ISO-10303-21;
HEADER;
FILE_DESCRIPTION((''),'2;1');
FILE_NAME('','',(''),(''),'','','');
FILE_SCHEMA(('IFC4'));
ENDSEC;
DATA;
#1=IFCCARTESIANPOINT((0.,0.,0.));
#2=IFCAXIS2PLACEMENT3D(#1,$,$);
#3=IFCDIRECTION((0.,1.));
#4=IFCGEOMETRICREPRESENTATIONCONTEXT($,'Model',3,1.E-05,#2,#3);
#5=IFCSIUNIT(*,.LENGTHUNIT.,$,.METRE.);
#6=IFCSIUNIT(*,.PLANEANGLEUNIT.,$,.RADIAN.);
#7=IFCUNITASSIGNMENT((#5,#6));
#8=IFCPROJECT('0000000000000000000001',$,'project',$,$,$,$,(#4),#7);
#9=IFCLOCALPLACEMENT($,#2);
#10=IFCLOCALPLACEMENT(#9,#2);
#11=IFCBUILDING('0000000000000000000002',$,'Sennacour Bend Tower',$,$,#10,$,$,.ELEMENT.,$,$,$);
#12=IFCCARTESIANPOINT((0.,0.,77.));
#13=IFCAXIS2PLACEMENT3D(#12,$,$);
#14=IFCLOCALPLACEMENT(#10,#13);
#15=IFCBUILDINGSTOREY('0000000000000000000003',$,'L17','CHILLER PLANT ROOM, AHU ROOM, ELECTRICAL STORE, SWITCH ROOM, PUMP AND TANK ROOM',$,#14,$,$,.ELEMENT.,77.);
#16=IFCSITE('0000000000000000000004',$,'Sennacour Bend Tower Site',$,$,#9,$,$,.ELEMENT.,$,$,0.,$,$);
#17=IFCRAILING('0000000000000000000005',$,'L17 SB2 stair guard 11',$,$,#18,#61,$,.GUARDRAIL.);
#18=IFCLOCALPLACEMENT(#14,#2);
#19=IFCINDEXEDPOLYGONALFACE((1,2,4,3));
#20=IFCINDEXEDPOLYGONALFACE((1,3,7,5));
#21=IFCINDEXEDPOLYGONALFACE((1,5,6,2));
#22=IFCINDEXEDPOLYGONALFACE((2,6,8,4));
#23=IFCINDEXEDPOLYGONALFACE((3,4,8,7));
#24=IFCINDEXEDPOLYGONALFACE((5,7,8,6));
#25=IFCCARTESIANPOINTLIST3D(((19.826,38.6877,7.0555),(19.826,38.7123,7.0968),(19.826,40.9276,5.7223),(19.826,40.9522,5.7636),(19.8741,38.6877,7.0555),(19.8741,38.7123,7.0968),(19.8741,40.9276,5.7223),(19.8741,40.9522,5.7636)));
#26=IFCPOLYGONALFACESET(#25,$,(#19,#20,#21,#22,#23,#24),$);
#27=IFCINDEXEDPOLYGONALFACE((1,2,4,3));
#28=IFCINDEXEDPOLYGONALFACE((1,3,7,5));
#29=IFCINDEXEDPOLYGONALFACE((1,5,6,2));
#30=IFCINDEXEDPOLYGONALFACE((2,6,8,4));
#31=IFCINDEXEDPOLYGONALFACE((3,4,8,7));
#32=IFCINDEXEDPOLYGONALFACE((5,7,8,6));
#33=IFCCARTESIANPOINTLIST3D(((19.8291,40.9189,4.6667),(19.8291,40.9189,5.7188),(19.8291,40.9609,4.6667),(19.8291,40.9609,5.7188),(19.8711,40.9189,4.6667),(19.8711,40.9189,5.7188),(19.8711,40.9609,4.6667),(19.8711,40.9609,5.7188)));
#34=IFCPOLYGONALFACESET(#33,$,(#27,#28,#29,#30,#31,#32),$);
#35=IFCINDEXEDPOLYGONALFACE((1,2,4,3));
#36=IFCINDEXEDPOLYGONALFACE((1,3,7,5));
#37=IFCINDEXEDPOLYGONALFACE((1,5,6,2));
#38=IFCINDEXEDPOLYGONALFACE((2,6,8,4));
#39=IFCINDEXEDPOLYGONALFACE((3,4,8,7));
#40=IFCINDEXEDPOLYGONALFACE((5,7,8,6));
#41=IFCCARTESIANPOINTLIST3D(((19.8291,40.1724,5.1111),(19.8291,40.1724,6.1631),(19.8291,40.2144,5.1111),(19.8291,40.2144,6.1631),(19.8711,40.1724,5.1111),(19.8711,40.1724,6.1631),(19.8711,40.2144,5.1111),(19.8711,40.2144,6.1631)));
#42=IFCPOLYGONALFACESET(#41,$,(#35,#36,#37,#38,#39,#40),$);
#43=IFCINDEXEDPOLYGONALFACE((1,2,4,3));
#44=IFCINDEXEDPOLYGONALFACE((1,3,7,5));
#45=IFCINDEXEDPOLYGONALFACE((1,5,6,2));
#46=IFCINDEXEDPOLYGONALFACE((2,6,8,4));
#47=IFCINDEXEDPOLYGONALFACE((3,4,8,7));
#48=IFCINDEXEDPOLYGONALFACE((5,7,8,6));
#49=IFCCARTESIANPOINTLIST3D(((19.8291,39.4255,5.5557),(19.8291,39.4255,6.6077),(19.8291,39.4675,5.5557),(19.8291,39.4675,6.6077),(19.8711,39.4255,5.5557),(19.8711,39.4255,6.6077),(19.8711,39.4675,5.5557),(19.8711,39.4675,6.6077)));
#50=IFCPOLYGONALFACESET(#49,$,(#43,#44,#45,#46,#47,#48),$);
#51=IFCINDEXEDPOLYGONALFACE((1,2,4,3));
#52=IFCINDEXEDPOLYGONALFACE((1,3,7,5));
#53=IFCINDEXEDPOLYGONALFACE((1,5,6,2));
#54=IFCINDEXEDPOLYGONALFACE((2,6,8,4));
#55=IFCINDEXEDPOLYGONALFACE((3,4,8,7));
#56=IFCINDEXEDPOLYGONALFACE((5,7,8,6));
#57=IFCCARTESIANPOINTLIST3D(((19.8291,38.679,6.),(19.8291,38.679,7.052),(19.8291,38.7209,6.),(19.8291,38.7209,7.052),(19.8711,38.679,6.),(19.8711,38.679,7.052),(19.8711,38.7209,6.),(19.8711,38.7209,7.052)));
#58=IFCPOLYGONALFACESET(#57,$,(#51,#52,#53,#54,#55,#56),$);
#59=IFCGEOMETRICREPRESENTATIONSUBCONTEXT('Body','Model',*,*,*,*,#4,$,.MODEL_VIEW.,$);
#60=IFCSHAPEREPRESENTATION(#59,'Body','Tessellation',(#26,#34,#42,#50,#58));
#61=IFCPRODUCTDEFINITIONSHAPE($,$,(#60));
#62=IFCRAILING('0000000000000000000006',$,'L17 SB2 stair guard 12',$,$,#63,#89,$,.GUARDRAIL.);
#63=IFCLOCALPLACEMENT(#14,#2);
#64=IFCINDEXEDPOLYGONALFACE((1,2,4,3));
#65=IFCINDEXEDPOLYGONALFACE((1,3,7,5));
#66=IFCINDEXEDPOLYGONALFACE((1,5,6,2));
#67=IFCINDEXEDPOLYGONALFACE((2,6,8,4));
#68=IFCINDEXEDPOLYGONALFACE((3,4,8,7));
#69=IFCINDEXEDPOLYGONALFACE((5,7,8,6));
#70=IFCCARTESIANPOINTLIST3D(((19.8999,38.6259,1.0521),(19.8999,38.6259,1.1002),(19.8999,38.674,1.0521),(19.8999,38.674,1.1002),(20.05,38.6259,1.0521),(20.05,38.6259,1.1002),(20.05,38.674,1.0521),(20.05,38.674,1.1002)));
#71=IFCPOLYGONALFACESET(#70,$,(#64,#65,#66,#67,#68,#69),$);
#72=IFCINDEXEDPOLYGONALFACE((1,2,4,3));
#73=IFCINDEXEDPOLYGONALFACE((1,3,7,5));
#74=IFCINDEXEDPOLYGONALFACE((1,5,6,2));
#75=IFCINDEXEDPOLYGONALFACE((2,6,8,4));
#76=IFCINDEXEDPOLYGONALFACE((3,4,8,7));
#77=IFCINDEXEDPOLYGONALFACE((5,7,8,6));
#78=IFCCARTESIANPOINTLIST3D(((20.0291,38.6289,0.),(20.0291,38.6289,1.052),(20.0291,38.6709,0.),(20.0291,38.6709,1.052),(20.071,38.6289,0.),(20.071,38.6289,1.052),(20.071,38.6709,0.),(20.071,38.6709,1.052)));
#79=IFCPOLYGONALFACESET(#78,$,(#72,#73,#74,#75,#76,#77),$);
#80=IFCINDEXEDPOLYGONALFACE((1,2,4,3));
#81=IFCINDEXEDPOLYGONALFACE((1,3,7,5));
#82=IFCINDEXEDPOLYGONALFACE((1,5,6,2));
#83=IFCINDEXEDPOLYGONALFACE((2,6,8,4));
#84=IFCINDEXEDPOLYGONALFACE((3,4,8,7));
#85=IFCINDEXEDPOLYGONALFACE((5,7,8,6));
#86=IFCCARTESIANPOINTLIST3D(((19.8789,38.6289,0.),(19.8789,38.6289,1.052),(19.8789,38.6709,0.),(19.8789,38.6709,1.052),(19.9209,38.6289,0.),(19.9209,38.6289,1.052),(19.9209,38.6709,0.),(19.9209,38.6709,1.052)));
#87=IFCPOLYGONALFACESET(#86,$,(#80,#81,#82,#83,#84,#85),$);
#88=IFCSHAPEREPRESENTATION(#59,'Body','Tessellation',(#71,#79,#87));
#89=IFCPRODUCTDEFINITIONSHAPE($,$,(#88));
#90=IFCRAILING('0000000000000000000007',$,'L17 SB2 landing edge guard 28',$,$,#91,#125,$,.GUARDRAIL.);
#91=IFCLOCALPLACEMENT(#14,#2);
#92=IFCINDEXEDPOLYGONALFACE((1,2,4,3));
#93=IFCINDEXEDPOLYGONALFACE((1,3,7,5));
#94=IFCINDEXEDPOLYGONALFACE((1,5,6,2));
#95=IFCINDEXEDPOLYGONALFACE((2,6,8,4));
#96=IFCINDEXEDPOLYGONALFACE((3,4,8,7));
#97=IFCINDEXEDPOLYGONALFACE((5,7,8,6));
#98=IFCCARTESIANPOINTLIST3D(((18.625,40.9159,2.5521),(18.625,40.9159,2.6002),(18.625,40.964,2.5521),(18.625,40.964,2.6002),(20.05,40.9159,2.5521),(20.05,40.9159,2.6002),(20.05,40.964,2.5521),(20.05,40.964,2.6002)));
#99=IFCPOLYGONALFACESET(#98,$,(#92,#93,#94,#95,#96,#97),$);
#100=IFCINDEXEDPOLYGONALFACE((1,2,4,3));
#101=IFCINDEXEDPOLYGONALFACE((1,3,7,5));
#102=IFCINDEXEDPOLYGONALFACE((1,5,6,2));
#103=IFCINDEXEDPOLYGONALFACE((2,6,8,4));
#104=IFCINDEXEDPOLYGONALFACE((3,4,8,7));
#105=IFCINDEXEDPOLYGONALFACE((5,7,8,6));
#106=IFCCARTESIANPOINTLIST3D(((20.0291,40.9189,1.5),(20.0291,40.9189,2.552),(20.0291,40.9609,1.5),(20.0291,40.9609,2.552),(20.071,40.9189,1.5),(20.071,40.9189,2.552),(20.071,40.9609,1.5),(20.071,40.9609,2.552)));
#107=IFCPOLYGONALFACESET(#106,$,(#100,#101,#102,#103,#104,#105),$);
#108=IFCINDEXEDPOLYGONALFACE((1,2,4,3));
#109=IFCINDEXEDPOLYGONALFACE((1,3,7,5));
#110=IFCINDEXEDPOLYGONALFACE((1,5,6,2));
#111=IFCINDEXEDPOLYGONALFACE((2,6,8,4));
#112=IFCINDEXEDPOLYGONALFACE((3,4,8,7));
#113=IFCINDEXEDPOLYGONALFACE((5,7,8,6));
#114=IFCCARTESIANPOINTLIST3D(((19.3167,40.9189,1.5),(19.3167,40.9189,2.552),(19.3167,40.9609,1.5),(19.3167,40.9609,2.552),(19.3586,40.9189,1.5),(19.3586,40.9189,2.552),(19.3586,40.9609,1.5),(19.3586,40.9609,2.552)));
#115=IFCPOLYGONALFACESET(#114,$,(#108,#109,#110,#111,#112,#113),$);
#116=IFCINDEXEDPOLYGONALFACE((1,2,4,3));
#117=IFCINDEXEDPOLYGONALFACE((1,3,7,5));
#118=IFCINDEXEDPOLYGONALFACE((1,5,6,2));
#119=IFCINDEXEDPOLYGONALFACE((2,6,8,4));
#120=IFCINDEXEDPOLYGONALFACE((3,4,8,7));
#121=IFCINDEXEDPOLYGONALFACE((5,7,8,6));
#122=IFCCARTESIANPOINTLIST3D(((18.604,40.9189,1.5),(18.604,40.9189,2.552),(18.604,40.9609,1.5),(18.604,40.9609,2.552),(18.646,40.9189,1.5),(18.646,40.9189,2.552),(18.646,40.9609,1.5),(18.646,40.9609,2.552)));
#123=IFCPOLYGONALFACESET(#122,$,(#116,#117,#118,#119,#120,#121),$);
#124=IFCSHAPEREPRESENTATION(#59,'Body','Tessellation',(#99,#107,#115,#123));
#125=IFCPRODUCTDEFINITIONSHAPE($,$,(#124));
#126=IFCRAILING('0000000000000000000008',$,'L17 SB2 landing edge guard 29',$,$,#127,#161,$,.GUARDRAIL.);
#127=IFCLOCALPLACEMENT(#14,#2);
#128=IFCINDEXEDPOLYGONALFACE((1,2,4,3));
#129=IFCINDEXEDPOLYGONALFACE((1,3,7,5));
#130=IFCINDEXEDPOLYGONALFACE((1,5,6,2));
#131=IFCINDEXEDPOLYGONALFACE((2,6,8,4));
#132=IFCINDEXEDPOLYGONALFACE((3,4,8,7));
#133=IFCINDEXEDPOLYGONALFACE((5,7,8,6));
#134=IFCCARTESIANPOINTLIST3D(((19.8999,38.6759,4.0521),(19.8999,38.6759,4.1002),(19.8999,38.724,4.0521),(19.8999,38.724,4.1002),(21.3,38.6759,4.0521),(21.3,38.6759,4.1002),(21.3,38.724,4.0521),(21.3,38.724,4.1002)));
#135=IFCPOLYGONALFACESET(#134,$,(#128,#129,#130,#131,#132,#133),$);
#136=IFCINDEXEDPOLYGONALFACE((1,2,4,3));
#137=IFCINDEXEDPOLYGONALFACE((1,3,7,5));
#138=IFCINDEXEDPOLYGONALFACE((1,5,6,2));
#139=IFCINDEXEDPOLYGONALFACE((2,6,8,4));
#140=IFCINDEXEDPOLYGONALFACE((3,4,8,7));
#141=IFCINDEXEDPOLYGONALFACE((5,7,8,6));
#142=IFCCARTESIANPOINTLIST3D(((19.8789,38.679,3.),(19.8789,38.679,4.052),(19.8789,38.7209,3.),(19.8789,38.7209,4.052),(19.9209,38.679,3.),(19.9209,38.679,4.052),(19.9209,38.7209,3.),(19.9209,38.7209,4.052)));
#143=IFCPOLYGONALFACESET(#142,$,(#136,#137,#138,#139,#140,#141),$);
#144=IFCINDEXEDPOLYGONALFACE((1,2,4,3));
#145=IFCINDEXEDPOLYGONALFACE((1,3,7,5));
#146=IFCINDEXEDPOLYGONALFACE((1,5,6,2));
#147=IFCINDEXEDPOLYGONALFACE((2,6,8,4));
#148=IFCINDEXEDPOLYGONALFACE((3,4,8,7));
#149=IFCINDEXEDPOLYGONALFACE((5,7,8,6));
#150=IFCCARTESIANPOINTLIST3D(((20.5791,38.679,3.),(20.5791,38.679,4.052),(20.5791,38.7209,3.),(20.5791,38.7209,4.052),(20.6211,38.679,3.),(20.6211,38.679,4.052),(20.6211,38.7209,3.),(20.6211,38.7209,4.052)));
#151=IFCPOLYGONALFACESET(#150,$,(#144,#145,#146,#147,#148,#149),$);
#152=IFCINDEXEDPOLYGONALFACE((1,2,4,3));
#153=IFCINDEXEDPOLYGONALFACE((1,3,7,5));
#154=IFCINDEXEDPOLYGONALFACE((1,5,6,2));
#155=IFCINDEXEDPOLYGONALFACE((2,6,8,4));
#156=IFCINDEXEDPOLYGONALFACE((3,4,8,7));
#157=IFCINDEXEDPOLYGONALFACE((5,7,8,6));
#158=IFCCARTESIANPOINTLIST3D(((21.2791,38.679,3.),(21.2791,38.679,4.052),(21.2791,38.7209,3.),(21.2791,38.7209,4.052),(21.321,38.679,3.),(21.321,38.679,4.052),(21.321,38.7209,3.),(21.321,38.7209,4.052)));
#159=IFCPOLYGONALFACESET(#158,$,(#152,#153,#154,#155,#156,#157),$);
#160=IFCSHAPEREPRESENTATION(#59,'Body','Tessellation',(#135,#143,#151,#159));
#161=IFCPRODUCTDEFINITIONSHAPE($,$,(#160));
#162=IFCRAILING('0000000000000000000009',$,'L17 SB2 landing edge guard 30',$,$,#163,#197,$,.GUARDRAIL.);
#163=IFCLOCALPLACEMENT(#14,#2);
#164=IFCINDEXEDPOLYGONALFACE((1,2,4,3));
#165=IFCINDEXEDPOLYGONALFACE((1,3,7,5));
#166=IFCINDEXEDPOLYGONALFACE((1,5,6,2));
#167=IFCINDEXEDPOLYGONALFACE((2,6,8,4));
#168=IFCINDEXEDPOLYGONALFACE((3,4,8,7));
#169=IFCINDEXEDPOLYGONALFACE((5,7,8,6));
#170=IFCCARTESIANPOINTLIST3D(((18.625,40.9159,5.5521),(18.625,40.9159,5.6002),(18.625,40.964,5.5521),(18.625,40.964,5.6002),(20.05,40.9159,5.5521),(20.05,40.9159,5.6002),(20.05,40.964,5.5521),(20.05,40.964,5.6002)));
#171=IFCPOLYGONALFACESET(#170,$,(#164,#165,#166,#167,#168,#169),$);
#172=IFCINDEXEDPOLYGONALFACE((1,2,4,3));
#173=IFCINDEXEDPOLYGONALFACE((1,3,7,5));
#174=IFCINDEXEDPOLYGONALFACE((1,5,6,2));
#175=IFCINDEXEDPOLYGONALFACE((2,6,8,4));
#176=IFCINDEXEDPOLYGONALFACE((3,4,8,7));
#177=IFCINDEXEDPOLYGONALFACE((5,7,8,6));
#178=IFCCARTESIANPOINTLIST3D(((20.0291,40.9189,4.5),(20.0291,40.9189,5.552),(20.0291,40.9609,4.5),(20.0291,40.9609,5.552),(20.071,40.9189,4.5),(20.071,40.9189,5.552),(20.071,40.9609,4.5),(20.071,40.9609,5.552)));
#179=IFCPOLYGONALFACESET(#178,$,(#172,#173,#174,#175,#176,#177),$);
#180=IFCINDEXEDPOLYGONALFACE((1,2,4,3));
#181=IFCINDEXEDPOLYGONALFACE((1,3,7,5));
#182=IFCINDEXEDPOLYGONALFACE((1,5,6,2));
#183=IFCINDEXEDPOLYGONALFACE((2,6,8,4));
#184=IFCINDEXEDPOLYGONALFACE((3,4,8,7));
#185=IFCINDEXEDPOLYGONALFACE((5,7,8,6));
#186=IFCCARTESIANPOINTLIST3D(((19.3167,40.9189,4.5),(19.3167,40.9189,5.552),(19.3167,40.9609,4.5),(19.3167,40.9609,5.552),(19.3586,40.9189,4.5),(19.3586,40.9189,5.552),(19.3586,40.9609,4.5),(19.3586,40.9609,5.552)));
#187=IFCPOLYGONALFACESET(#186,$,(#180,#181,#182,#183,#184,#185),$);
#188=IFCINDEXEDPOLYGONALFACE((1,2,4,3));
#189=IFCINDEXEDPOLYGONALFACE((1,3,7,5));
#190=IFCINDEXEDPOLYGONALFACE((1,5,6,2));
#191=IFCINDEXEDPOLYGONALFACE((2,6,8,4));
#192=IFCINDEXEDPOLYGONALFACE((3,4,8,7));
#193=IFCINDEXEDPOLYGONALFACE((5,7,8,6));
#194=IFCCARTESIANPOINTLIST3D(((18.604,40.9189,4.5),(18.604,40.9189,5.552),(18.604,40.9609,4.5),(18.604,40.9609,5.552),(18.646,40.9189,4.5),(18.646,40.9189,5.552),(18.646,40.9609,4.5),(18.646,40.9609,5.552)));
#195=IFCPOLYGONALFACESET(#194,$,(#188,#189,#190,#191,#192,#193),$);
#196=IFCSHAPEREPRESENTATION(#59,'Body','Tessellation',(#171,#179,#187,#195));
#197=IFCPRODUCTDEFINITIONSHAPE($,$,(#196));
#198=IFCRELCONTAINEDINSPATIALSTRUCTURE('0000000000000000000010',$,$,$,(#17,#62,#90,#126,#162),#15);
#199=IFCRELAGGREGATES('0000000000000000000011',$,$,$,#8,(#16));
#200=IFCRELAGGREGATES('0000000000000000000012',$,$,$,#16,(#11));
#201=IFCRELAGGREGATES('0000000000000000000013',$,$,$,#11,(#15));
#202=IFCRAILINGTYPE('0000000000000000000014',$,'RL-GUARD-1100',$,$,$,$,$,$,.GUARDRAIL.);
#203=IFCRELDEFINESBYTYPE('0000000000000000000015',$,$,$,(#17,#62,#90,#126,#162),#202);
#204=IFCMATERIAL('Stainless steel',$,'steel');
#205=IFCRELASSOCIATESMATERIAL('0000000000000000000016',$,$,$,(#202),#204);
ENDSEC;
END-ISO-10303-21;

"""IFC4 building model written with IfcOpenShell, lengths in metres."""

from ifc_helpers import new_model, si_unit, direction, frame, origin, origin_2d, place, context, subcontext, project, spatial, rectangle, extrude, material, type_object, element, save


model = new_model("IFC4")

# Units and contexts
model_context = context("Model", 3, precision=1e-05, world=origin(), true_north=direction((0.0, 1.0)))
body_context = subcontext(model_context, "Body", "Model", "MODEL_VIEW")
ifc_project = project(units=[si_unit("LENGTHUNIT", "METRE"), si_unit("PLANEANGLEUNIT", "RADIAN")], contexts=[model_context])

# Site, building, storey
site_placement = place(None, origin())
site = spatial("IfcSite", under=ifc_project, at=site_placement, Name="Sennacour Bend Tower Site", CompositionType="ELEMENT", RefElevation=0.0)
building_placement = place(site_placement, origin())
building = spatial("IfcBuilding", under=site, at=building_placement, Name="Sennacour Bend Tower", CompositionType="ELEMENT")
storey_placement = place(building_placement, frame((0.0, 0.0, 77.0)))
storey = spatial("IfcBuildingStorey", under=building, at=storey_placement, Name="L17", Description="CHILLER PLANT ROOM, AHU ROOM, ELECTRICAL STORE, SWITCH ROOM, PUMP AND TANK ROOM", CompositionType="ELEMENT", Elevation=77.0)

# Railings
ifc_material_1 = material(Name="Stainless steel", Category="steel")
railing_type_1 = type_object("IfcRailingType", Name="RL-GUARD-1100", PredefinedType="GUARDRAIL", material=ifc_material_1)
railing_1_placement = place(storey_placement, frame((19.8501, 40.9399, 4.6667)))
element("IfcRailing", 1, at=railing_1_placement, inside=storey, type_object=railing_type_1, Name="L17 SB2 stair guard 11", PredefinedType="GUARDRAIL", context=body_context, shape_type="SweptSolid", body=[
    extrude(rectangle(XDim=0.0481, YDim=0.0481, at=origin_2d()), frame((0.0, 0.0, 1.0762), z_axis=(0.0, -0.859306, 0.511462), x_axis=(1.0, 0.0, 0.0)), (0.0, 0.0, 1.0), 2.6067),
    extrude(rectangle(XDim=0.042, YDim=0.042, at=origin_2d()), origin(), (0.0, 0.0, 1.0), 1.052),
    extrude(rectangle(XDim=0.042, YDim=0.042, at=origin_2d()), frame((0.0, -0.7466, 0.4443)), (0.0, 0.0, 1.0), 1.052),
    extrude(rectangle(XDim=0.042, YDim=0.042, at=origin_2d()), frame((0.0, -1.4934, 0.8889)), (0.0, 0.0, 1.0), 1.052),
    extrude(rectangle(XDim=0.042, YDim=0.042, at=origin_2d()), frame((0.0, -2.24, 1.3333)), (0.0, 0.0, 1.0), 1.052),
])
railing_2_placement = place(storey_placement, frame((20.05, 38.6499, 0.0)))
element("IfcRailing", 2, at=railing_2_placement, inside=storey, type_object=railing_type_1, Name="L17 SB2 stair guard 12", PredefinedType="GUARDRAIL", context=body_context, shape_type="SweptSolid", body=[
    extrude(rectangle(XDim=0.0481, YDim=0.0481, at=origin_2d()), frame((0.0, 0.0, 1.0762), z_axis=(-1.0, 0.0, 0.0), x_axis=(0.0, -1.0, 0.0)), (0.0, 0.0, 1.0), 0.1501),
    extrude(rectangle(XDim=0.042, YDim=0.042, at=origin_2d()), origin(), (0.0, 0.0, 1.0), 1.052),
    extrude(rectangle(XDim=0.042, YDim=0.042, at=origin_2d()), frame((-0.1501, 0.0, 0.0)), (0.0, 0.0, 1.0), 1.052),
])
railing_3_placement = place(storey_placement, frame((20.05, 40.9399, 1.5)))
element("IfcRailing", 3, at=railing_3_placement, inside=storey, type_object=railing_type_1, Name="L17 SB2 landing edge guard 28", PredefinedType="GUARDRAIL", context=body_context, shape_type="SweptSolid", body=[
    extrude(rectangle(XDim=0.0481, YDim=0.0481, at=origin_2d()), frame((0.0, 0.0, 1.0762), z_axis=(-1.0, 0.0, 0.0), x_axis=(0.0, -1.0, 0.0)), (0.0, 0.0, 1.0), 1.425),
    extrude(rectangle(XDim=0.042, YDim=0.042, at=origin_2d()), origin(), (0.0, 0.0, 1.0), 1.052),
    extrude(rectangle(XDim=0.042, YDim=0.042, at=origin_2d()), frame((-0.7124, 0.0, 0.0)), (0.0, 0.0, 1.0), 1.052),
    extrude(rectangle(XDim=0.042, YDim=0.042, at=origin_2d()), frame((-1.425, 0.0, 0.0)), (0.0, 0.0, 1.0), 1.052),
])
railing_4_placement = place(storey_placement, frame((19.8999, 38.7, 3.0)))
element("IfcRailing", 4, at=railing_4_placement, inside=storey, type_object=railing_type_1, Name="L17 SB2 landing edge guard 29", PredefinedType="GUARDRAIL", context=body_context, shape_type="SweptSolid", body=[
    extrude(rectangle(XDim=0.0481, YDim=0.0481, at=origin_2d()), frame((0.0, 0.0, 1.0762), z_axis=(1.0, 0.0, 0.0), x_axis=(0.0, 1.0, 0.0)), (0.0, 0.0, 1.0), 1.4001),
    extrude(rectangle(XDim=0.042, YDim=0.042, at=origin_2d()), origin(), (0.0, 0.0, 1.0), 1.052),
    extrude(rectangle(XDim=0.042, YDim=0.042, at=origin_2d()), frame((0.7002, 0.0, 0.0)), (0.0, 0.0, 1.0), 1.052),
    extrude(rectangle(XDim=0.042, YDim=0.042, at=origin_2d()), frame((1.4001, 0.0, 0.0)), (0.0, 0.0, 1.0), 1.052),
])
railing_5_placement = place(storey_placement, frame((20.05, 40.9399, 4.5)))
element("IfcRailing", 5, at=railing_5_placement, inside=storey, type_object=railing_type_1, Name="L17 SB2 landing edge guard 30", PredefinedType="GUARDRAIL", context=body_context, shape_type="SweptSolid", body=[
    extrude(rectangle(XDim=0.0481, YDim=0.0481, at=origin_2d()), frame((0.0, 0.0, 1.0762), z_axis=(-1.0, 0.0, 0.0), x_axis=(0.0, -1.0, 0.0)), (0.0, 0.0, 1.0), 1.425),
    extrude(rectangle(XDim=0.042, YDim=0.042, at=origin_2d()), origin(), (0.0, 0.0, 1.0), 1.052),
    extrude(rectangle(XDim=0.042, YDim=0.042, at=origin_2d()), frame((-0.7124, 0.0, 0.0)), (0.0, 0.0, 1.0), 1.052),
    extrude(rectangle(XDim=0.042, YDim=0.042, at=origin_2d()), frame((-1.425, 0.0, 0.0)), (0.0, 0.0, 1.0), 1.052),
])

save(model, "model.ifc")
